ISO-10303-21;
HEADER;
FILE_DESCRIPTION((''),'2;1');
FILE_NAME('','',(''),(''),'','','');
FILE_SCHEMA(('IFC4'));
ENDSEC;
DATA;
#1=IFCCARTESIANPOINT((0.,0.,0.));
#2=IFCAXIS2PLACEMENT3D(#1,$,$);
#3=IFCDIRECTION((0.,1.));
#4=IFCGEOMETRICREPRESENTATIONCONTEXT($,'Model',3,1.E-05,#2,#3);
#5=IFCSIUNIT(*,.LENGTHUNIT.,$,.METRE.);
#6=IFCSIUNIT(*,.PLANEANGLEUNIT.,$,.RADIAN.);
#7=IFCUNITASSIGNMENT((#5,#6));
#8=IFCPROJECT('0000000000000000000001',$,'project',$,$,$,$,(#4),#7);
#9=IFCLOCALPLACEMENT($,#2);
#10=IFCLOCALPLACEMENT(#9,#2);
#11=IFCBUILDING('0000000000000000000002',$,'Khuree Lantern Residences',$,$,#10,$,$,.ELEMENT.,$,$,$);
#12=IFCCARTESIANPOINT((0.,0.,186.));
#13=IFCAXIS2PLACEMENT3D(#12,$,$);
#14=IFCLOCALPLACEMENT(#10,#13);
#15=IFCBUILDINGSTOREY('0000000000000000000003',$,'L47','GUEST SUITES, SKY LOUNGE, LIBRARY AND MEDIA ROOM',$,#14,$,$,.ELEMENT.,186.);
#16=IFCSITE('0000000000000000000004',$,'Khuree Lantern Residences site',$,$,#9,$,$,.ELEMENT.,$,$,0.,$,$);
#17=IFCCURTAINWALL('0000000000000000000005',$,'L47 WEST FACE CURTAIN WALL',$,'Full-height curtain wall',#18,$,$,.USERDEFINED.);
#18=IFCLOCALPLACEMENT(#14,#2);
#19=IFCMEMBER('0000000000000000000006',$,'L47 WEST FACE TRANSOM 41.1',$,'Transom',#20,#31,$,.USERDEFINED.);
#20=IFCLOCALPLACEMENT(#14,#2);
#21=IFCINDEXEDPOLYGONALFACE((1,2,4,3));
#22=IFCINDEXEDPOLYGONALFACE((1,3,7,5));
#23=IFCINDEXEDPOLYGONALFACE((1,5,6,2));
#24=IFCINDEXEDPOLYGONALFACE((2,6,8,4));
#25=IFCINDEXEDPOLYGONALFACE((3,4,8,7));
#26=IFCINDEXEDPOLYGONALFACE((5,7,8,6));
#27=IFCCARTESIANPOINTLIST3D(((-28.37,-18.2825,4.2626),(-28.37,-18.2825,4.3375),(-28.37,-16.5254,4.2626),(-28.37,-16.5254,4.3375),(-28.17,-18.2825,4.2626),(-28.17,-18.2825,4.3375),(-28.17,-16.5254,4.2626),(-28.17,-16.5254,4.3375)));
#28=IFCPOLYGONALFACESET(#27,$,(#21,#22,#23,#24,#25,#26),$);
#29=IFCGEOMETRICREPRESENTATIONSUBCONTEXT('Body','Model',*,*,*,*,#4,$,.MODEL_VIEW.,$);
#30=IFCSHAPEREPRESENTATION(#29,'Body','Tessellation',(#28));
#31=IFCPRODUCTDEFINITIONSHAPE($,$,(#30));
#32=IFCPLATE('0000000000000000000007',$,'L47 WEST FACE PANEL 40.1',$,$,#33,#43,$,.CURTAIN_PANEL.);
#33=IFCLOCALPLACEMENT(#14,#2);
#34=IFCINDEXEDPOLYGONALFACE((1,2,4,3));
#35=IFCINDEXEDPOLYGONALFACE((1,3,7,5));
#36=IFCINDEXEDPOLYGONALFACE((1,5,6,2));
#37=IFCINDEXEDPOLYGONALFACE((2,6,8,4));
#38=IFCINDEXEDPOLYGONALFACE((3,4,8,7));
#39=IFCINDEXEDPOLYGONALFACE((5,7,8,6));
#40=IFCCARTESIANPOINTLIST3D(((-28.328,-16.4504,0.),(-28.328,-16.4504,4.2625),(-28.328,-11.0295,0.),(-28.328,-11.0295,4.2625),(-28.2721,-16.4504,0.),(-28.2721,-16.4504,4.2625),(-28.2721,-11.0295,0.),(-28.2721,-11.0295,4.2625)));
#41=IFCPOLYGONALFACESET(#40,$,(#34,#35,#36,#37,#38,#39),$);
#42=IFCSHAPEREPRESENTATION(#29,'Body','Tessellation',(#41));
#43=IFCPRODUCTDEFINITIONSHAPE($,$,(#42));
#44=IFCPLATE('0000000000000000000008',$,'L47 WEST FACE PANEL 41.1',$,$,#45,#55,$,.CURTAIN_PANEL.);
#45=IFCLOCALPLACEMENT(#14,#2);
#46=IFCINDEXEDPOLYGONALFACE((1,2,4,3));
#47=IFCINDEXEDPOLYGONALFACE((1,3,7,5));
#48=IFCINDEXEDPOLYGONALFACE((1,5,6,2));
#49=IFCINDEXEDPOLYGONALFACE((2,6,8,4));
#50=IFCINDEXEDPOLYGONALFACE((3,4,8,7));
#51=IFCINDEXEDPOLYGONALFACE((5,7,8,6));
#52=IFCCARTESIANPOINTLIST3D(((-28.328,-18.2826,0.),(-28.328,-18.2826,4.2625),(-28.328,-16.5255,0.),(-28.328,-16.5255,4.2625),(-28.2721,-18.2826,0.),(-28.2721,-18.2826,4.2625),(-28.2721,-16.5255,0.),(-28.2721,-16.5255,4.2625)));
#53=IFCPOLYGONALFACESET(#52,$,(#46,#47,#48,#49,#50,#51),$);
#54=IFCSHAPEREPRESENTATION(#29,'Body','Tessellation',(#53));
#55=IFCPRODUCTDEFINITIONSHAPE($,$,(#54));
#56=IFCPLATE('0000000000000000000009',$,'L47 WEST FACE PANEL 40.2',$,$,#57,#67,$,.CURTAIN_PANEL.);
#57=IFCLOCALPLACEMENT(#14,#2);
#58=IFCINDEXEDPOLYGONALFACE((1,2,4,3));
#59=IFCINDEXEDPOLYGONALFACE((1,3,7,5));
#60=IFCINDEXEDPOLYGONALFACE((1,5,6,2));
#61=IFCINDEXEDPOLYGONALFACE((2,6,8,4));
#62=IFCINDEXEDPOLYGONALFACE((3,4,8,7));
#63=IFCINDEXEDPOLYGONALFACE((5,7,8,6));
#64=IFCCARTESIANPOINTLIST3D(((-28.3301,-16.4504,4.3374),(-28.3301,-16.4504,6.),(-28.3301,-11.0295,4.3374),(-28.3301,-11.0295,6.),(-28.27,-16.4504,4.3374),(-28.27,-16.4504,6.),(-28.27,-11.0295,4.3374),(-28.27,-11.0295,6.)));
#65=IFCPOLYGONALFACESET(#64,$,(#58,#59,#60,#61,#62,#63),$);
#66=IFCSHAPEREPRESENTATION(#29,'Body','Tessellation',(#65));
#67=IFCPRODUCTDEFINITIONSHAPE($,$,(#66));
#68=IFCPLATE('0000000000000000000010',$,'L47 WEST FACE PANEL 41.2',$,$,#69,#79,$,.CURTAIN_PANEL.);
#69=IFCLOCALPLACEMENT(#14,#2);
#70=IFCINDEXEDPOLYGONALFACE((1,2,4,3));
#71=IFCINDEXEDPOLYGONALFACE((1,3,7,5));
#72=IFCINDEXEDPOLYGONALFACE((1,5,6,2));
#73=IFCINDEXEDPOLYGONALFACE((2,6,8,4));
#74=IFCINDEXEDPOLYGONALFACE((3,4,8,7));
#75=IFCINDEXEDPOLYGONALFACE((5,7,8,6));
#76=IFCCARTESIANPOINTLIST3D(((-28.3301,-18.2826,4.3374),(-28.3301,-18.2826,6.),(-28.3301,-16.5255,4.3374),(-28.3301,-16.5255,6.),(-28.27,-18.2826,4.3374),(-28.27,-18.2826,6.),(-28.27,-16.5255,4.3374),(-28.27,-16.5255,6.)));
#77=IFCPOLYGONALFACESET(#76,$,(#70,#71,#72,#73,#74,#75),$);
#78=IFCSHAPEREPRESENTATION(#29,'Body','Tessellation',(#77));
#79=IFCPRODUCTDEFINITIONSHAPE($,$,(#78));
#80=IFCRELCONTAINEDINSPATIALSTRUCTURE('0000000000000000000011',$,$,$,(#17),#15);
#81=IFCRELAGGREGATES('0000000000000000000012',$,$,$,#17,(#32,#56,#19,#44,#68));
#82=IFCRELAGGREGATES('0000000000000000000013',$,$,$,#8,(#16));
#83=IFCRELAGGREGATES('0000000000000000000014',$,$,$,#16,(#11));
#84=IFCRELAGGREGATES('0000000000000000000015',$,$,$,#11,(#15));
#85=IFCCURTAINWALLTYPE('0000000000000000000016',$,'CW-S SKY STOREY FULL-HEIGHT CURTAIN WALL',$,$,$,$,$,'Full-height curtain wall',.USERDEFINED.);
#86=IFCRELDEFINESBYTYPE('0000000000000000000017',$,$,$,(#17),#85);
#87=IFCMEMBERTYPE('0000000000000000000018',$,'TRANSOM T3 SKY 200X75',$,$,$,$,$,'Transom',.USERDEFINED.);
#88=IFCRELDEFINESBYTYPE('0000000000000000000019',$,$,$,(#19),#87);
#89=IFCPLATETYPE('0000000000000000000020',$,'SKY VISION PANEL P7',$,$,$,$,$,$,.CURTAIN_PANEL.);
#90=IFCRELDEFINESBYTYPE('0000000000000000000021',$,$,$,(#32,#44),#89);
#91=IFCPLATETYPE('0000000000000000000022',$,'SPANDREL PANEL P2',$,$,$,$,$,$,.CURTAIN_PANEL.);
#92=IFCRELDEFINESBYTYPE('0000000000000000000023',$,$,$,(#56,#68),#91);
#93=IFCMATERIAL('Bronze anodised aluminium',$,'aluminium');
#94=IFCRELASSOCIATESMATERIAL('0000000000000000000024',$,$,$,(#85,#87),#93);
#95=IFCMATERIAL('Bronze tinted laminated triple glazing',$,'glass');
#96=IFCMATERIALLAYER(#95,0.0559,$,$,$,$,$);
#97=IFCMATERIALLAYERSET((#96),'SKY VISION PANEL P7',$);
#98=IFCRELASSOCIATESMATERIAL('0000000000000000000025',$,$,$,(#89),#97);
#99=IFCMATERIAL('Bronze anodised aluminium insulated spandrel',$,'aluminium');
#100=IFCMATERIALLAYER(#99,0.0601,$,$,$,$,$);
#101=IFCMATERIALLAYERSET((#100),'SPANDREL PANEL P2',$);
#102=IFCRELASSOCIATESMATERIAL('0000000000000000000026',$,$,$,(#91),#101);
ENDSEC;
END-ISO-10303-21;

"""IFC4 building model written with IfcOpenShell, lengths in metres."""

from ifc_helpers import new_model, si_unit, direction, frame, origin, origin_2d, place, context, subcontext, project, spatial, rectangle, extrude, material, layer, layer_set, material_profile, profile_set, type_object, element, aggregate, save


model = new_model("IFC4")

# Units and contexts
model_context = context("Model", 3, precision=1e-05, world=origin(), true_north=direction((0.0, 1.0)))
body_context = subcontext(model_context, "Body", "Model", "MODEL_VIEW")
ifc_project = project(units=[si_unit("LENGTHUNIT", "METRE"), si_unit("PLANEANGLEUNIT", "RADIAN")], contexts=[model_context])

# Site, building, storey
site_placement = place(None, origin())
site = spatial("IfcSite", under=ifc_project, at=site_placement, Name="Khuree Lantern Residences site", CompositionType="ELEMENT", RefElevation=0.0)
building_placement = place(site_placement, origin())
building = spatial("IfcBuilding", under=site, at=building_placement, Name="Khuree Lantern Residences", CompositionType="ELEMENT")
storey_placement = place(building_placement, frame((0.0, 0.0, 186.0)))
storey = spatial("IfcBuildingStorey", under=building, at=storey_placement, Name="L47", Description="GUEST SUITES, SKY LOUNGE, LIBRARY AND MEDIA ROOM", CompositionType="ELEMENT", Elevation=186.0)

# Curtain wall
ifc_material_1 = material(Name="Bronze anodised aluminium", Category="aluminium")
curtain_wall_type = type_object("IfcCurtainWallType", Name="CW-S SKY STOREY FULL-HEIGHT CURTAIN WALL", ElementType="Full-height curtain wall", PredefinedType="USERDEFINED", material=ifc_material_1)
curtain_wall_placement = place(storey_placement, origin())
curtain_wall = element("IfcCurtainWall", 1, at=curtain_wall_placement, inside=storey, type_object=curtain_wall_type, Name="L47 WEST FACE CURTAIN WALL", ObjectType="Full-height curtain wall", PredefinedType="USERDEFINED")

# Member
ifc_material_profile_1 = material_profile(ifc_material_1, rectangle(XDim=0.2, YDim=0.075, at=origin_2d()), Name="T3 200X75")
ifc_profile_set_1 = profile_set([ifc_material_profile_1], Name="Bronze anodised aluminium")
member_type_1 = type_object("IfcMemberType", Name="TRANSOM T3 SKY 200X75", ElementType="Transom", PredefinedType="USERDEFINED", material=ifc_profile_set_1)
member_1_placement = place(storey_placement, frame((-28.27, -16.5254, 4.3), z_axis=(0.0, -1.0, 0.0), x_axis=(1.0, 0.0, 0.0)))
member_1 = element("IfcMember", 2, at=member_1_placement, type_object=member_type_1, Name="L47 WEST FACE TRANSOM 41.1", ObjectType="Transom", PredefinedType="USERDEFINED", context=body_context, shape_type="SweptSolid", body=[
    extrude(rectangle(XDim=0.2, YDim=0.075, at=origin_2d()), origin(), (0.0, 0.0, 1.0), 1.7571),
])

# Plates
ifc_material_2 = material(Name="Bronze tinted laminated triple glazing", Category="glass")
ifc_layer_1 = layer(ifc_material_2, 0.0559)
ifc_layer_set_1 = layer_set([ifc_layer_1], Name="SKY VISION PANEL P7")
plate_type_1 = type_object("IfcPlateType", Name="SKY VISION PANEL P7", PredefinedType="CURTAIN_PANEL", material=ifc_layer_set_1)
plate_1_placement = place(storey_placement, frame((-28.3, -13.74, 0.0), z_axis=(0.0, 0.0, 1.0), x_axis=(0.0, -1.0, 0.0)))
plate_1 = element("IfcPlate", 3, at=plate_1_placement, type_object=plate_type_1, Name="L47 WEST FACE PANEL 40.1", PredefinedType="CURTAIN_PANEL", context=body_context, shape_type="SweptSolid", body=[
    extrude(rectangle(XDim=5.4209, YDim=0.0559, at=origin_2d()), origin(), (0.0, 0.0, 1.0), 4.2625),
])
plate_2_placement = place(storey_placement, frame((-28.3, -17.4041, 0.0), z_axis=(0.0, 0.0, 1.0), x_axis=(0.0, -1.0, 0.0)))
plate_2 = element("IfcPlate", 4, at=plate_2_placement, type_object=plate_type_1, Name="L47 WEST FACE PANEL 41.1", PredefinedType="CURTAIN_PANEL", context=body_context, shape_type="SweptSolid", body=[
    extrude(rectangle(XDim=1.7571, YDim=0.0559, at=origin_2d()), origin(), (0.0, 0.0, 1.0), 4.2625),
])
ifc_material_3 = material(Name="Bronze anodised aluminium insulated spandrel", Category="aluminium")
ifc_layer_2 = layer(ifc_material_3, 0.0601)
ifc_layer_set_2 = layer_set([ifc_layer_2], Name="SPANDREL PANEL P2")
plate_type_2 = type_object("IfcPlateType", Name="SPANDREL PANEL P2", PredefinedType="CURTAIN_PANEL", material=ifc_layer_set_2)
plate_3_placement = place(storey_placement, frame((-28.3, -13.74, 4.3374), z_axis=(0.0, 0.0, 1.0), x_axis=(0.0, -1.0, 0.0)))
plate_3 = element("IfcPlate", 5, at=plate_3_placement, type_object=plate_type_2, Name="L47 WEST FACE PANEL 40.2", PredefinedType="CURTAIN_PANEL", context=body_context, shape_type="SweptSolid", body=[
    extrude(rectangle(XDim=5.4209, YDim=0.0601, at=origin_2d()), origin(), (0.0, 0.0, 1.0), 1.6626),
])
plate_4_placement = place(storey_placement, frame((-28.3, -17.4041, 4.3374), z_axis=(0.0, 0.0, 1.0), x_axis=(0.0, -1.0, 0.0)))
plate_4 = element("IfcPlate", 6, at=plate_4_placement, type_object=plate_type_2, Name="L47 WEST FACE PANEL 41.2", PredefinedType="CURTAIN_PANEL", context=body_context, shape_type="SweptSolid", body=[
    extrude(rectangle(XDim=1.7571, YDim=0.0601, at=origin_2d()), origin(), (0.0, 0.0, 1.0), 1.6626),
])
aggregate(curtain_wall, [plate_1, plate_3, member_1, plate_2, plate_4])

save(model, "model.ifc")
